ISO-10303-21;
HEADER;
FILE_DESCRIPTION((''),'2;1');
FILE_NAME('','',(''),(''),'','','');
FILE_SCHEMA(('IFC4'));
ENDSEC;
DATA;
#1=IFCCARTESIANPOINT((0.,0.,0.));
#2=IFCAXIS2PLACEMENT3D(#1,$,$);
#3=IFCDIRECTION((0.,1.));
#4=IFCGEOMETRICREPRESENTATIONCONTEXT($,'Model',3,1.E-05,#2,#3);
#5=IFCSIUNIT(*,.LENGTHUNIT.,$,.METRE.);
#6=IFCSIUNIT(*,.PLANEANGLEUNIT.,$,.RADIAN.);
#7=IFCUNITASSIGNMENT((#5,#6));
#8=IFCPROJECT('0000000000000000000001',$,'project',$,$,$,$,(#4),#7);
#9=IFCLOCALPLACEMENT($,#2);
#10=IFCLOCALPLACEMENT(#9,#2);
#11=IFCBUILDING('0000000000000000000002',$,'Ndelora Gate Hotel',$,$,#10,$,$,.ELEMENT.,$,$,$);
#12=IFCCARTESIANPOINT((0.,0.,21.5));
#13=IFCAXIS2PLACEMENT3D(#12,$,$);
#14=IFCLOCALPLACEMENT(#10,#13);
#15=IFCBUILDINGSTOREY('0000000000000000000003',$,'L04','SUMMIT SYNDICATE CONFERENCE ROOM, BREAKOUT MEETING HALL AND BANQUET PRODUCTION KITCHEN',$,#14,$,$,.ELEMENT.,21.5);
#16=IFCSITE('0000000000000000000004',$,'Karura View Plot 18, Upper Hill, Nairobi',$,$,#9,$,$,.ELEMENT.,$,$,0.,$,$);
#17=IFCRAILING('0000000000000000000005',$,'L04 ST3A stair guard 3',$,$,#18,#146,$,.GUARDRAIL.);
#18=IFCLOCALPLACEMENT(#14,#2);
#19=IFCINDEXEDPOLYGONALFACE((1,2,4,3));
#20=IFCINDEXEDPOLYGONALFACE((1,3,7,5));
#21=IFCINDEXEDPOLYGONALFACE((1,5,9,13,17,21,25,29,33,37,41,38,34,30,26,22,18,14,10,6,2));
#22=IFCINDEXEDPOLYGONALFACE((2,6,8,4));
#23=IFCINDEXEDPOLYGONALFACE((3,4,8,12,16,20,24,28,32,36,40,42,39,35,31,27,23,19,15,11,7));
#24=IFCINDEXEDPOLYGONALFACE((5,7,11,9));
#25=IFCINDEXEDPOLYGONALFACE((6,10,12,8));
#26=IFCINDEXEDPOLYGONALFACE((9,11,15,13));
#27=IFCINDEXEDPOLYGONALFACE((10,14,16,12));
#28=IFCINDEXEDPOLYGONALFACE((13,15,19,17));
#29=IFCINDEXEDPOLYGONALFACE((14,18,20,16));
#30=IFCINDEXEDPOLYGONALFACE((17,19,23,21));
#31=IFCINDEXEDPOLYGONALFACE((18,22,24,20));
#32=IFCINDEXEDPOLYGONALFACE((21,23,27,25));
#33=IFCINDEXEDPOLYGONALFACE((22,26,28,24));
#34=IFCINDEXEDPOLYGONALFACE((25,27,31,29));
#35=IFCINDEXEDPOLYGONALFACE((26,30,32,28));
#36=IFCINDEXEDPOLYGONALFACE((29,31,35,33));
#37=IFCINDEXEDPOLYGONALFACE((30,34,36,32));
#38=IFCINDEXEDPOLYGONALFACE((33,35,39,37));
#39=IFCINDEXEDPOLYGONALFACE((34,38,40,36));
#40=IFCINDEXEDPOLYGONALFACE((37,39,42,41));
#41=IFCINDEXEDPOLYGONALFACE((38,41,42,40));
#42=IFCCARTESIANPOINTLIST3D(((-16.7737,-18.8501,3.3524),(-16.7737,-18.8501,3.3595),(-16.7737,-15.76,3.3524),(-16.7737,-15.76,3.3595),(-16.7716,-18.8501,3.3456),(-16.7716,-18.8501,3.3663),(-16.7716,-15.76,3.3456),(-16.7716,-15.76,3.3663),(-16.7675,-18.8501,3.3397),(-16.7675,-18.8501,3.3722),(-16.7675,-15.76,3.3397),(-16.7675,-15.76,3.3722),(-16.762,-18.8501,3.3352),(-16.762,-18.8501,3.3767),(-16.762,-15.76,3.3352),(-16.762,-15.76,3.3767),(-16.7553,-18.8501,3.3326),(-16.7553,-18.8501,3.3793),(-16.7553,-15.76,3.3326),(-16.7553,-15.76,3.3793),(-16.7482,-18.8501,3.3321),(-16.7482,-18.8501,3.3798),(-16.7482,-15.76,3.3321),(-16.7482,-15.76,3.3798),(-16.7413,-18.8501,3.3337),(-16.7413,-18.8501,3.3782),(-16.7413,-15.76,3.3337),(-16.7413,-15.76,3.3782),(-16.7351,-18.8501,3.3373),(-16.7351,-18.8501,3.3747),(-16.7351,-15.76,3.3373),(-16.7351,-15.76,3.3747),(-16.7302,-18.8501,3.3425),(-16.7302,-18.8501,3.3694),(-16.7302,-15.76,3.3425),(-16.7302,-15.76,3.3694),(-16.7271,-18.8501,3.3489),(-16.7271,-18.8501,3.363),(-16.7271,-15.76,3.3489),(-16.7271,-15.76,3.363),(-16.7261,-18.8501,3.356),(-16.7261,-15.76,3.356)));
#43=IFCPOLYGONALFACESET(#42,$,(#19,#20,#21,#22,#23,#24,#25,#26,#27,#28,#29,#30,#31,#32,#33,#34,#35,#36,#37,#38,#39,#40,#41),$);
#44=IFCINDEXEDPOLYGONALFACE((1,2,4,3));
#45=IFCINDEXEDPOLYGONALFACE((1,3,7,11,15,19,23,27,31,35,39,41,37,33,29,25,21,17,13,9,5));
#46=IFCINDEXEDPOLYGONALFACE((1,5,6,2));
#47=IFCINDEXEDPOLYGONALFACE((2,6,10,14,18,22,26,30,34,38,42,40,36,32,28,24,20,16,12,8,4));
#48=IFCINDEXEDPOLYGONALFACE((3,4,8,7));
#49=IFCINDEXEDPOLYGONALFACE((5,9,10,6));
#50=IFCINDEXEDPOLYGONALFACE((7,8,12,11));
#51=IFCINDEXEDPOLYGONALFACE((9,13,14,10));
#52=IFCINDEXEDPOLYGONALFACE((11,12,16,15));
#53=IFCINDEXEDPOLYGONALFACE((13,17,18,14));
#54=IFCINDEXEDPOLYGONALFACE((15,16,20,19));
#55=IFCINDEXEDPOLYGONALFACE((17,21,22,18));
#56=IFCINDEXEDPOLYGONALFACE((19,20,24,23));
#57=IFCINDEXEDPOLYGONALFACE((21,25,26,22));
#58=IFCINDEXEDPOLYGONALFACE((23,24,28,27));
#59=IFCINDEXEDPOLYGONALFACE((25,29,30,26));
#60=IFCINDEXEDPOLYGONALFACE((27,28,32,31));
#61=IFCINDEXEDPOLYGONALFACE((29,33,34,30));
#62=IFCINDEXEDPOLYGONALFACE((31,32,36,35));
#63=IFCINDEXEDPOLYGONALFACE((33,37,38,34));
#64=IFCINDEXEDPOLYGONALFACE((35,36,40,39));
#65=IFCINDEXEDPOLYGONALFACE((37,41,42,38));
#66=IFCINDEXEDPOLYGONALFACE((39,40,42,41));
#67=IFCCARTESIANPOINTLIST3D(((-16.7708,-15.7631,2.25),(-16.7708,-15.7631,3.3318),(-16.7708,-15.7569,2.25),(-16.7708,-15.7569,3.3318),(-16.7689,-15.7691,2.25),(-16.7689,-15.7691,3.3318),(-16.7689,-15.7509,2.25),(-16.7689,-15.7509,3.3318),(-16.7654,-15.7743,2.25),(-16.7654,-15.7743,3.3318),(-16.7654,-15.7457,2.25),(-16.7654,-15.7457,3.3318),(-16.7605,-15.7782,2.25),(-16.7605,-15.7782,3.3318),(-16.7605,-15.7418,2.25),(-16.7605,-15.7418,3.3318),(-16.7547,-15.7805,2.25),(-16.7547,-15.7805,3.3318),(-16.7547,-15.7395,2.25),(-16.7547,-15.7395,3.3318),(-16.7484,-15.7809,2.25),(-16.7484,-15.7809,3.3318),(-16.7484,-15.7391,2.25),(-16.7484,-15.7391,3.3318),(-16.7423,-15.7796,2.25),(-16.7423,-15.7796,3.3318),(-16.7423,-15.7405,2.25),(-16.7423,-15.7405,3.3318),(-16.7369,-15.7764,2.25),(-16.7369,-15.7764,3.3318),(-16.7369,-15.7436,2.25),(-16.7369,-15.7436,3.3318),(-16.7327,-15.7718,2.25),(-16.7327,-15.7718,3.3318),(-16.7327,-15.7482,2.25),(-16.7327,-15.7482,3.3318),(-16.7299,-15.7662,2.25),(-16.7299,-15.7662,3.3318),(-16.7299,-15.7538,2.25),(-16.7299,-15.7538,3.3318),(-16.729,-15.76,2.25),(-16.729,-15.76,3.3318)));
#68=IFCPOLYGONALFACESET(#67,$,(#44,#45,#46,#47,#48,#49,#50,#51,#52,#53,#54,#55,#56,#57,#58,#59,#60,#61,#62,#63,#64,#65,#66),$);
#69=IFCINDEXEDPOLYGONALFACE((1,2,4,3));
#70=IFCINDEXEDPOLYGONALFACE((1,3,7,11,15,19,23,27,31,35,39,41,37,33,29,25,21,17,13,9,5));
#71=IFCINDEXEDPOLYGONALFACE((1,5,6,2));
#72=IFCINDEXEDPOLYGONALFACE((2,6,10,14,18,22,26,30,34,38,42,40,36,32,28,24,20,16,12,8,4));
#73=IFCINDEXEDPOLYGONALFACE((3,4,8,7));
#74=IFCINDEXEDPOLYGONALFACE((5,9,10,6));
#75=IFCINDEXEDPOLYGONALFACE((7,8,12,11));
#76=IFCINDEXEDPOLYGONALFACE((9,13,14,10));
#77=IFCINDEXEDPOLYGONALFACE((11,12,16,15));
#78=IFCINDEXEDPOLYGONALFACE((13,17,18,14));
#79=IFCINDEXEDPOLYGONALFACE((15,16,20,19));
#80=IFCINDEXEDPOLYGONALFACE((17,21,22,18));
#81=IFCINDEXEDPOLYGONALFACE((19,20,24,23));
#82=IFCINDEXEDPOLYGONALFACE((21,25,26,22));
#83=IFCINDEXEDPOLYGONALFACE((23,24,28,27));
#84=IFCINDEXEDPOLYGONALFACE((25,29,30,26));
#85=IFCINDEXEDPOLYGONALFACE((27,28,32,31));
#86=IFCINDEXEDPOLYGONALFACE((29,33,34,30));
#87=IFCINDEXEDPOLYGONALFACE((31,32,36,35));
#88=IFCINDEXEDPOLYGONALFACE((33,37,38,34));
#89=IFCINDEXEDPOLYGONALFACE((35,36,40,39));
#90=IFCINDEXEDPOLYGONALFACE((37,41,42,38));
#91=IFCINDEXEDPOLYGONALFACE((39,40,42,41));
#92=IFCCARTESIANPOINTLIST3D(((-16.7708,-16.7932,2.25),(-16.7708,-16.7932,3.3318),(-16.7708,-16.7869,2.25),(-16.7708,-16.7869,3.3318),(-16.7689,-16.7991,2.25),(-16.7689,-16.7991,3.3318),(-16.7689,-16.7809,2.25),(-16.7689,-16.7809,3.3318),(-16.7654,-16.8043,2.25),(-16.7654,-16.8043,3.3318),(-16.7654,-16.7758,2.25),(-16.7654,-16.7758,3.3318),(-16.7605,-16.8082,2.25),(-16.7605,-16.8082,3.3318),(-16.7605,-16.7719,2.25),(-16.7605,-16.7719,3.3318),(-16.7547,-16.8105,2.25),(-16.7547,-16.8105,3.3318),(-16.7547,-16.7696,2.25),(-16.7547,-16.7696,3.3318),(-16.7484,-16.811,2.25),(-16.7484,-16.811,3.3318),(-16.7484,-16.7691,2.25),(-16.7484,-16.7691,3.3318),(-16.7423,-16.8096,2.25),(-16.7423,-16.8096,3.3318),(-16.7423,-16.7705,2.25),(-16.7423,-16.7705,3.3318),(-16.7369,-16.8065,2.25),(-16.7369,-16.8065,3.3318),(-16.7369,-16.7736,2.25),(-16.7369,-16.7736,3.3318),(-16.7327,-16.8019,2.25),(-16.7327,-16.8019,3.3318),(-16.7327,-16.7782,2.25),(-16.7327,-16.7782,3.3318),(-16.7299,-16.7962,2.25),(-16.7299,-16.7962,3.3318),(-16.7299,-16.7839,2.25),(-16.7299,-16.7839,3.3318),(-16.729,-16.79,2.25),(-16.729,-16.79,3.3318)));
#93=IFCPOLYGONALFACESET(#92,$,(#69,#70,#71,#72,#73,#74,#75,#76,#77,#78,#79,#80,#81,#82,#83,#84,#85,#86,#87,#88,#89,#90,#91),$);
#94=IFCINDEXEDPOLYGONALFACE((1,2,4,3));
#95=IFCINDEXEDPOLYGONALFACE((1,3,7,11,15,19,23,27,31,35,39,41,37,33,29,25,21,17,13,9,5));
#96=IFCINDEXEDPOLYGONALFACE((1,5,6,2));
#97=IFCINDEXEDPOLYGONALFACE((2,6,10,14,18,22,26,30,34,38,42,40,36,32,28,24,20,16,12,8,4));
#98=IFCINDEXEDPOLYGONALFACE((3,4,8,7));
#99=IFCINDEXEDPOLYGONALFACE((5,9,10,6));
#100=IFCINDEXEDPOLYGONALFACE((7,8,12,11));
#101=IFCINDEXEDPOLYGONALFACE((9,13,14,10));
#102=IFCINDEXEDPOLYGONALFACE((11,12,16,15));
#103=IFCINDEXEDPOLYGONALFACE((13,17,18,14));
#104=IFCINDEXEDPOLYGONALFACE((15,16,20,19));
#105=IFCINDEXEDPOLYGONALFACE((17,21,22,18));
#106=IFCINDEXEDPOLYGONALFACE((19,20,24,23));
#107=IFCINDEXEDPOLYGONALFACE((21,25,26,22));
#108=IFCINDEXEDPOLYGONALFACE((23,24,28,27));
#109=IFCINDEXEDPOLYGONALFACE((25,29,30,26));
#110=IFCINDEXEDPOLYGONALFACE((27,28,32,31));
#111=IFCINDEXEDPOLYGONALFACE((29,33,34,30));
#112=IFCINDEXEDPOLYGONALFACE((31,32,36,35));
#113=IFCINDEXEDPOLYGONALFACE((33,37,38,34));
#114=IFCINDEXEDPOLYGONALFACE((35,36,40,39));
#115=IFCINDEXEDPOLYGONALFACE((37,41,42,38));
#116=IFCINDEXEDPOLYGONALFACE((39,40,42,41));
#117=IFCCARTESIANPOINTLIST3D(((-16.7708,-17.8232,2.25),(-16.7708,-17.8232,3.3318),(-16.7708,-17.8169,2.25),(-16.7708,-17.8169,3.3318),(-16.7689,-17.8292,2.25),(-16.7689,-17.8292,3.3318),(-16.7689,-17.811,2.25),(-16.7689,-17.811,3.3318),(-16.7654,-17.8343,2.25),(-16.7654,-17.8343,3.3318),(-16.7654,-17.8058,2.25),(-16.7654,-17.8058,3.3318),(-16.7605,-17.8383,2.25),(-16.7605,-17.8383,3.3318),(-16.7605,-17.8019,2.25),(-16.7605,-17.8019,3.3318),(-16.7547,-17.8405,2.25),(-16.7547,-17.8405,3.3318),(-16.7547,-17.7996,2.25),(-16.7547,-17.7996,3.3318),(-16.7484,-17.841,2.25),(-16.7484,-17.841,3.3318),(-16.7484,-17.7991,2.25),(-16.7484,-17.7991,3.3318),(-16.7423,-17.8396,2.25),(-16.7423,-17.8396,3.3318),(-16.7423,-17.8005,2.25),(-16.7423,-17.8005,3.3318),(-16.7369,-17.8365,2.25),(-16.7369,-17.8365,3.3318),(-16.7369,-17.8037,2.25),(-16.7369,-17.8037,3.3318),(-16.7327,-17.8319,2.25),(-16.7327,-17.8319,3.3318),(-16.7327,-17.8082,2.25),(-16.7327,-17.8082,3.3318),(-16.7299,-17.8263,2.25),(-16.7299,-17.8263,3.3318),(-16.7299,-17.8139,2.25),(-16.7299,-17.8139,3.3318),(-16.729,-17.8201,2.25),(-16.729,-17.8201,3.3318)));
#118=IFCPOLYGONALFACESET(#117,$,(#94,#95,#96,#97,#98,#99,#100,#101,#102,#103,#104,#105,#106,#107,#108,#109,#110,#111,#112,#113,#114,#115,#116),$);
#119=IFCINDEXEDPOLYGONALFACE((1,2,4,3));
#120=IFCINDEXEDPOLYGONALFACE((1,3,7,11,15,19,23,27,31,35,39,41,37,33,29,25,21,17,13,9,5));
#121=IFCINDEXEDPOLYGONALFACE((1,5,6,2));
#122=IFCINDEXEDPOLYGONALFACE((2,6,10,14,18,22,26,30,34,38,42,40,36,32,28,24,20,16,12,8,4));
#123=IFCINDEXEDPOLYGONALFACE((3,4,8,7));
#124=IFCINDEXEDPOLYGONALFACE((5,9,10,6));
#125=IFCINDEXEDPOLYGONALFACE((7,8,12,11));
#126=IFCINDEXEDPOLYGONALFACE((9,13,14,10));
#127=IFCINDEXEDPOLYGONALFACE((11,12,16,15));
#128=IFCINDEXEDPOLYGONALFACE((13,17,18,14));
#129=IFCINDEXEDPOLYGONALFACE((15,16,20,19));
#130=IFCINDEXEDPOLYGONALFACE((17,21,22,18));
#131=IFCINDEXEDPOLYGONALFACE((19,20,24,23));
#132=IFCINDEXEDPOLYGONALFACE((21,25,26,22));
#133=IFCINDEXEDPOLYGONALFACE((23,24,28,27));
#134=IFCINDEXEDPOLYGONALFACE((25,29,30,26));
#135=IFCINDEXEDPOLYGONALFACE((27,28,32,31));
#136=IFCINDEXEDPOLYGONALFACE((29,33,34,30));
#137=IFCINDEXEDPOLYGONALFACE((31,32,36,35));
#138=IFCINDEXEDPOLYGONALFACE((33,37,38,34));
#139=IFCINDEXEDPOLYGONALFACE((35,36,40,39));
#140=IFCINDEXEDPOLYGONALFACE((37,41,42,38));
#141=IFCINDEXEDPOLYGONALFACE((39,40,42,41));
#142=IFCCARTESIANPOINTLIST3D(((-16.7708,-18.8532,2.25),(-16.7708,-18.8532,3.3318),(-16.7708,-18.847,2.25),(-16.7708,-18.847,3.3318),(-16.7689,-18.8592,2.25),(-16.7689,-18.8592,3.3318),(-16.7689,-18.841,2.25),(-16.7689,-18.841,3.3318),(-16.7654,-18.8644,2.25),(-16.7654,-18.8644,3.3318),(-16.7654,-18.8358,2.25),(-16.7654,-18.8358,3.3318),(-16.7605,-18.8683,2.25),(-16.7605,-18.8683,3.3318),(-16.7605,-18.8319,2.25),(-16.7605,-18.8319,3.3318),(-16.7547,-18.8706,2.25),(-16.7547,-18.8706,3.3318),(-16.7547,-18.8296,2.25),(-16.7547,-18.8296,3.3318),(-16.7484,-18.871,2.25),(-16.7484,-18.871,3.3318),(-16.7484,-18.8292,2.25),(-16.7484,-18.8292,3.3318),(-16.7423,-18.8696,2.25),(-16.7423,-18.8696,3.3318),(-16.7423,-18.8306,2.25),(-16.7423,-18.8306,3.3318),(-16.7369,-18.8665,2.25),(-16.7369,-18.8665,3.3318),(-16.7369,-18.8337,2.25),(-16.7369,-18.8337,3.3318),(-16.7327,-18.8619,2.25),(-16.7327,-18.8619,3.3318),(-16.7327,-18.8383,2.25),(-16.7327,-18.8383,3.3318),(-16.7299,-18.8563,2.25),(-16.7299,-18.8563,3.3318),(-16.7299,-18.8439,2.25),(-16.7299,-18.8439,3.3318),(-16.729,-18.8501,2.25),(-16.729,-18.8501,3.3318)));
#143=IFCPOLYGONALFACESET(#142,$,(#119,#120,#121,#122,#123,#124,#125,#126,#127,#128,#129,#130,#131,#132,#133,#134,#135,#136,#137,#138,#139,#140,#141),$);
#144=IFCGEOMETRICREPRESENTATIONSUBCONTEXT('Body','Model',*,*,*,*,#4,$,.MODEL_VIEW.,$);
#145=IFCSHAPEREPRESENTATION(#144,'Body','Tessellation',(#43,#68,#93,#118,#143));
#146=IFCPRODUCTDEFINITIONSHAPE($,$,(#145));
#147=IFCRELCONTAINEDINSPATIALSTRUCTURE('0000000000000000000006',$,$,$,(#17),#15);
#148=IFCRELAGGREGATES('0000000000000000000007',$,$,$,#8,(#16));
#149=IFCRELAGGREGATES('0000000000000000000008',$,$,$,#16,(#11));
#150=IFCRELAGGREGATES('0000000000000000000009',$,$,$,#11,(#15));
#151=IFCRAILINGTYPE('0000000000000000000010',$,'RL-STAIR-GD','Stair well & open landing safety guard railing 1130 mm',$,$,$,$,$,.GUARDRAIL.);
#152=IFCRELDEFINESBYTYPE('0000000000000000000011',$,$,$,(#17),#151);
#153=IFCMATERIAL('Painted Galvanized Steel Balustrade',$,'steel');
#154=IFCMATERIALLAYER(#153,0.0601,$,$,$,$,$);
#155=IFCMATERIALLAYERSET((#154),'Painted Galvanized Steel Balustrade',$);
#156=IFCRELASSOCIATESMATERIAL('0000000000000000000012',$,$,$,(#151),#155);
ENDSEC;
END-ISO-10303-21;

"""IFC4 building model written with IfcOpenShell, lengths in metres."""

from ifc_helpers import new_model, si_unit, direction, frame, origin, origin_2d, place, context, subcontext, project, spatial, circle, extrude, material, layer, layer_set, type_object, element, save


model = new_model("IFC4")

# Units and contexts
model_context = context("Model", 3, precision=1e-05, world=origin(), true_north=direction((0.0, 1.0)))
body_context = subcontext(model_context, "Body", "Model", "MODEL_VIEW")
ifc_project = project(units=[si_unit("LENGTHUNIT", "METRE"), si_unit("PLANEANGLEUNIT", "RADIAN")], contexts=[model_context])

# Site, building, storey
site_placement = place(None, origin())
site = spatial("IfcSite", under=ifc_project, at=site_placement, Name="Karura View Plot 18, Upper Hill, Nairobi", CompositionType="ELEMENT", RefElevation=0.0)
building_placement = place(site_placement, origin())
building = spatial("IfcBuilding", under=site, at=building_placement, Name="Ndelora Gate Hotel", CompositionType="ELEMENT")
storey_placement = place(building_placement, frame((0.0, 0.0, 21.5)))
storey = spatial("IfcBuildingStorey", under=building, at=storey_placement, Name="L04", Description="SUMMIT SYNDICATE CONFERENCE ROOM, BREAKOUT MEETING HALL AND BANQUET PRODUCTION KITCHEN", CompositionType="ELEMENT", Elevation=21.5)

# Railing
ifc_material_1 = material(Name="Painted Galvanized Steel Balustrade", Category="steel")
ifc_layer_1 = layer(ifc_material_1, 0.0601)
ifc_layer_set_1 = layer_set([ifc_layer_1], Name="Painted Galvanized Steel Balustrade")
railing_type_1 = type_object("IfcRailingType", Name="RL-STAIR-GD", Description="Stair well & open landing safety guard railing 1130 mm", PredefinedType="GUARDRAIL", material=ifc_layer_set_1)
railing_1_placement = place(storey_placement, frame((-16.75, -15.76, 2.25)))
element("IfcRailing", 1, at=railing_1_placement, inside=storey, type_object=railing_type_1, Name="L04 ST3A stair guard 3", PredefinedType="GUARDRAIL", context=body_context, shape_type="SweptSolid", body=[
    extrude(circle(Radius=0.0239, at=origin_2d()), frame((0.0, 0.0, 1.106), z_axis=(0.0, -1.0, 0.0), x_axis=(1.0, 0.0, 0.0)), (0.0, 0.0, 1.0), 3.0901),
    extrude(circle(Radius=0.021, at=origin_2d()), origin(), (0.0, 0.0, 1.0), 1.0818),
    extrude(circle(Radius=0.021, at=origin_2d()), frame((0.0, -1.03, 0.0)), (0.0, 0.0, 1.0), 1.0818),
    extrude(circle(Radius=0.021, at=origin_2d()), frame((0.0, -2.0601, 0.0)), (0.0, 0.0, 1.0), 1.0818),
    extrude(circle(Radius=0.021, at=origin_2d()), frame((0.0, -3.0901, 0.0)), (0.0, 0.0, 1.0), 1.0818),
])

save(model, "model.ifc")
